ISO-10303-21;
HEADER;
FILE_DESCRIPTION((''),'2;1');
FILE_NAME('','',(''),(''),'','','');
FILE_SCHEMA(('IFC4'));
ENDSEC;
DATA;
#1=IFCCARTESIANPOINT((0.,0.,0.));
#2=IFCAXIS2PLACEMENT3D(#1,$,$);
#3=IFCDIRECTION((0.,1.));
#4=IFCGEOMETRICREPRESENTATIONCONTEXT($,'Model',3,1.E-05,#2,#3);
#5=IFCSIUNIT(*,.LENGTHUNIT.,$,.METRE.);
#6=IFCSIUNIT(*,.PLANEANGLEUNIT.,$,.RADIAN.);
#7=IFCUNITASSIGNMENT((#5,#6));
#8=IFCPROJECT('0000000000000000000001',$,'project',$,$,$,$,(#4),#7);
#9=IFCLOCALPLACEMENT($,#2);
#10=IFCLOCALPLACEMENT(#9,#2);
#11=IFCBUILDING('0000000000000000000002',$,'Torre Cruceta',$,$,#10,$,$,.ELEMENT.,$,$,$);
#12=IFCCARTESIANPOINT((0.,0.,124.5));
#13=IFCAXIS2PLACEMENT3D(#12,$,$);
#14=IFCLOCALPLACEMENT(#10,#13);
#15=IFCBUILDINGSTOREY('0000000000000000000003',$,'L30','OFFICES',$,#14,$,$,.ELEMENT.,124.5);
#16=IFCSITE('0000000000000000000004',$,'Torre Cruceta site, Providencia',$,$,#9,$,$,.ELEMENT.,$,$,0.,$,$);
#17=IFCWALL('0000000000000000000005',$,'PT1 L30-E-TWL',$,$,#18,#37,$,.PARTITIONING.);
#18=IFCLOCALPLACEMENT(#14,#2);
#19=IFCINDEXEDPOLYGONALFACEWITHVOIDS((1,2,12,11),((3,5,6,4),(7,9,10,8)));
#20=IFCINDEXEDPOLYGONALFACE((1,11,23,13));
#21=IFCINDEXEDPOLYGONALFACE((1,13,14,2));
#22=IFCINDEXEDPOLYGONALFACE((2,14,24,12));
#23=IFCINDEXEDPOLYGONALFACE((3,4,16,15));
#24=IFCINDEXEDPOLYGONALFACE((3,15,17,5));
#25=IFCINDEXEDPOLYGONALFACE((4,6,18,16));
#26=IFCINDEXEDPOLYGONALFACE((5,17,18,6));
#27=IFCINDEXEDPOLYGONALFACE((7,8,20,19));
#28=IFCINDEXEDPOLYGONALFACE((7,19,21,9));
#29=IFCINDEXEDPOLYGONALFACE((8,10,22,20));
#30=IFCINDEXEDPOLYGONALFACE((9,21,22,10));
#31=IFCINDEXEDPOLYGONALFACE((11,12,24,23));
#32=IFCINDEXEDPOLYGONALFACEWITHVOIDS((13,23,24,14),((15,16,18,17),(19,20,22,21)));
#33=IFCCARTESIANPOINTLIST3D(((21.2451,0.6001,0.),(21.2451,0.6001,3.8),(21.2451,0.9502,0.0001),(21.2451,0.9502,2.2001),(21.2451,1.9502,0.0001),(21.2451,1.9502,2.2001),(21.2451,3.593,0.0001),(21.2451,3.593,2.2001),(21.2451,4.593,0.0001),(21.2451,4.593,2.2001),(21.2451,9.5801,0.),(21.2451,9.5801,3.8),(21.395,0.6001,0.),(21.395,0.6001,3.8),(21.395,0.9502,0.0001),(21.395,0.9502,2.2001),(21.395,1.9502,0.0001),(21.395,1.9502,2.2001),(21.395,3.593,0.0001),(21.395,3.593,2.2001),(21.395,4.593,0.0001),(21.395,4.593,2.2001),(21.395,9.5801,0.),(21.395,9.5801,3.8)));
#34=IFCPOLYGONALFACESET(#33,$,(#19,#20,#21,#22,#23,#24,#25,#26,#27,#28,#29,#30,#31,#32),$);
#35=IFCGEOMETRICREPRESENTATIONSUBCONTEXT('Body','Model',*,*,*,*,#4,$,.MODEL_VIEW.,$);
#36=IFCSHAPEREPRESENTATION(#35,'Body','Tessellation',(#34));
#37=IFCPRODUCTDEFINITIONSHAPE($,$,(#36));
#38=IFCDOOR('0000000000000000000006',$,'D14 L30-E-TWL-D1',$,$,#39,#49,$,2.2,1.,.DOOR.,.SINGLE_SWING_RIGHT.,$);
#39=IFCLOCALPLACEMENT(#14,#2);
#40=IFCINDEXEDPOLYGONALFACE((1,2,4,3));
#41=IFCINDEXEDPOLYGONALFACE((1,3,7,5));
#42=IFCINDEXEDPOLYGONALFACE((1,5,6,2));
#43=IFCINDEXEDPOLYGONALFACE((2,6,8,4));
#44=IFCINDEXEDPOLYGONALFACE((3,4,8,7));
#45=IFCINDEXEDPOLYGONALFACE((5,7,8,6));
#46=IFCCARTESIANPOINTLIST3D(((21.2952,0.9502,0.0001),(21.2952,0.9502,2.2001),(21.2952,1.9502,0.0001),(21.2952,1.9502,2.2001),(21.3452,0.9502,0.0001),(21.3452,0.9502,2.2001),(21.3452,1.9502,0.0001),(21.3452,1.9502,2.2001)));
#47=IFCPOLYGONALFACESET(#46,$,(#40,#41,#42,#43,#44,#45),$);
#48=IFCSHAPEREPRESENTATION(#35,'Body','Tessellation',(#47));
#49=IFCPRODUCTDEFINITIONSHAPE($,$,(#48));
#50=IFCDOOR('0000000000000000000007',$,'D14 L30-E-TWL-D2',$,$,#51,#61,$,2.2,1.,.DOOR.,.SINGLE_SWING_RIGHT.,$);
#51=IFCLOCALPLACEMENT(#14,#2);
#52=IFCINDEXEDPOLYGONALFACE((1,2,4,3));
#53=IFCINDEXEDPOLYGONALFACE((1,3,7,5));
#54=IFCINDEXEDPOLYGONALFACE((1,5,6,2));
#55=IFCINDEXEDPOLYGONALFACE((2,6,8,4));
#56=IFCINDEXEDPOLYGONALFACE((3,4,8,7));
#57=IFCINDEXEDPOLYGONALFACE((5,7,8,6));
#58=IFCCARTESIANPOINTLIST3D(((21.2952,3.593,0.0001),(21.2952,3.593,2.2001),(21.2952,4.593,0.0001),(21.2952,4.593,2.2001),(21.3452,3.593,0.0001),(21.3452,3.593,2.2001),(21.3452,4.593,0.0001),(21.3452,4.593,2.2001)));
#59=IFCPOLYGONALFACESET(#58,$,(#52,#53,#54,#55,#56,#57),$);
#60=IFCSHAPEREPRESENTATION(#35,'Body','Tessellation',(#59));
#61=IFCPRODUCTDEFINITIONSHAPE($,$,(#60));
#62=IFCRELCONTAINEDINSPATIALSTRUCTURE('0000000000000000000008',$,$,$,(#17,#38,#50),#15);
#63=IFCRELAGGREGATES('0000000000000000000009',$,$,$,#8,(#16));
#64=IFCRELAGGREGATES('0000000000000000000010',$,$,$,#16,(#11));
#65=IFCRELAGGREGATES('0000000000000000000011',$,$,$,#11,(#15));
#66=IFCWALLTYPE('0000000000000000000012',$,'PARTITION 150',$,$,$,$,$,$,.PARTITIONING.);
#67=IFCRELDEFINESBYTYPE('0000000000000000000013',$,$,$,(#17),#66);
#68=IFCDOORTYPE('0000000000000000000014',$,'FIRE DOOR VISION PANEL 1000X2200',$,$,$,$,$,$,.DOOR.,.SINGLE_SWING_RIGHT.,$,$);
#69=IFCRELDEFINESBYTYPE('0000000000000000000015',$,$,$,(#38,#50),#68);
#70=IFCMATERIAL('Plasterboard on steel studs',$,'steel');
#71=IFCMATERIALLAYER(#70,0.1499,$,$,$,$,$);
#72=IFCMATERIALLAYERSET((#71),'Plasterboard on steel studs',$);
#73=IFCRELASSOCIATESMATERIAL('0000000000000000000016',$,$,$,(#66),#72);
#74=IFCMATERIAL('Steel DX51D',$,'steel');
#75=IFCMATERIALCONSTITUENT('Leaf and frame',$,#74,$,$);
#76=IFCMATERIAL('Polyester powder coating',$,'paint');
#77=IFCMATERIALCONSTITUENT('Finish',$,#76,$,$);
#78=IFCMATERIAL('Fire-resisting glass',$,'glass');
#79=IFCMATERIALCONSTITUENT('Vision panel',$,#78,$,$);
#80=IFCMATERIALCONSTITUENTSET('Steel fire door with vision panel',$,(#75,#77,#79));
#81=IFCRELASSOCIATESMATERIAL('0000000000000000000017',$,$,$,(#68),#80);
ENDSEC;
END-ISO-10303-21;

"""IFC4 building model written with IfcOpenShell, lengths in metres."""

from ifc_helpers import new_model, si_unit, direction, frame, frame_2d, origin, place, context, subcontext, project, spatial, rectangle, extrude, material, layer, layer_set, constituent, constituent_set, type_object, element, fill, save


model = new_model("IFC4")

# Units and contexts
model_context = context("Model", 3, precision=1e-05, world=origin(), true_north=direction((0.0, 1.0)))
body_context = subcontext(model_context, "Body", "Model", "MODEL_VIEW")
ifc_project = project(units=[si_unit("LENGTHUNIT", "METRE"), si_unit("PLANEANGLEUNIT", "RADIAN")], contexts=[model_context])

# Site, building, storey
site_placement = place(None, origin())
site = spatial("IfcSite", under=ifc_project, at=site_placement, Name="Torre Cruceta site, Providencia", CompositionType="ELEMENT", RefElevation=0.0)
building_placement = place(site_placement, origin())
building = spatial("IfcBuilding", under=site, at=building_placement, Name="Torre Cruceta", CompositionType="ELEMENT")
storey_placement = place(building_placement, frame((0.0, 0.0, 124.5)))
storey = spatial("IfcBuildingStorey", under=building, at=storey_placement, Name="L30", Description="OFFICES", CompositionType="ELEMENT", Elevation=124.5)

# Shared definitions
ifc_material_1 = material(Name="Plasterboard on steel studs", Category="steel")
ifc_layer_1 = layer(ifc_material_1, 0.1499)
ifc_layer_set_1 = layer_set([ifc_layer_1], Name="Plasterboard on steel studs")
wall_type_1 = type_object("IfcWallType", Name="PARTITION 150", PredefinedType="PARTITIONING", material=ifc_layer_set_1)

# Wall, openings, doors
wall_1_placement = place(storey_placement, frame((21.3201, 0.6001, 0.0), z_axis=(0.0, 0.0, 1.0), x_axis=(0.0, 1.0, 0.0)))
wall_1 = element("IfcWall", 1, at=wall_1_placement, inside=storey, type_object=wall_type_1, Name="PT1 L30-E-TWL", PredefinedType="PARTITIONING", context=body_context, shape_type="SweptSolid", body=[
    extrude(rectangle(XDim=8.98, YDim=0.1499, at=frame_2d((4.49, 0.0))), origin(), (0.0, 0.0, 1.0), 3.8),
])
opening_1_placement = place(wall_1_placement, frame((0.3501, 0.0, 0.0)))
opening_1 = element("IfcOpeningElement", 2, at=opening_1_placement, cuts=wall_1, PredefinedType="OPENING", context=body_context, shape_type="SweptSolid", body=[
    extrude(rectangle(XDim=1.0, YDim=2.2, at=frame_2d((0.5, 1.1001))), frame((0.0, 0.085, 0.0), z_axis=(0.0, -1.0, 0.0), x_axis=(1.0, 0.0, 0.0)), (0.0, 0.0, 1.0), 0.1699),
])
opening_2_placement = place(wall_1_placement, frame((2.9929, 0.0, 0.0)))
opening_2 = element("IfcOpeningElement", 3, at=opening_2_placement, cuts=wall_1, PredefinedType="OPENING", context=body_context, shape_type="SweptSolid", body=[
    extrude(rectangle(XDim=1.0, YDim=2.2, at=frame_2d((0.5, 1.1001))), frame((0.0, 0.085, 0.0), z_axis=(0.0, -1.0, 0.0), x_axis=(1.0, 0.0, 0.0)), (0.0, 0.0, 1.0), 0.1699),
])
ifc_material_2 = material(Name="Steel DX51D", Category="steel")
ifc_constituent_1 = constituent(ifc_material_2, Name="Leaf and frame")
ifc_material_3 = material(Name="Polyester powder coating", Category="paint")
ifc_constituent_2 = constituent(ifc_material_3, Name="Finish")
ifc_material_4 = material(Name="Fire-resisting glass", Category="glass")
ifc_constituent_3 = constituent(ifc_material_4, Name="Vision panel")
ifc_constituent_set_1 = constituent_set(constituents=[ifc_constituent_1, ifc_constituent_2, ifc_constituent_3], Name="Steel fire door with vision panel")
door_type = type_object("IfcDoorType", Name="FIRE DOOR VISION PANEL 1000X2200", OperationType="SINGLE_SWING_RIGHT", PredefinedType="DOOR", material=ifc_constituent_set_1)
door_1_placement = place(opening_1_placement, frame((1.0, 0.0, 0.0), z_axis=(0.0, 0.0, 1.0), x_axis=(-1.0, 0.0, 0.0)))
door_1 = element("IfcDoor", 4, at=door_1_placement, inside=storey, type_object=door_type, Name="D14 L30-E-TWL-D1", OperationType="SINGLE_SWING_RIGHT", OverallHeight=2.2, OverallWidth=1.0, PredefinedType="DOOR", context=body_context, shape_type="SweptSolid", body=[
    extrude(rectangle(XDim=1.0, YDim=2.2, at=frame_2d((0.5, 1.1001))), frame((0.0, 0.0251, 0.0), z_axis=(0.0, -1.0, 0.0), x_axis=(1.0, 0.0, 0.0)), (0.0, 0.0, 1.0), 0.05),
])
fill(opening_1, door_1)
door_2_placement = place(opening_2_placement, frame((1.0, 0.0, 0.0), z_axis=(0.0, 0.0, 1.0), x_axis=(-1.0, 0.0, 0.0)))
door_2 = element("IfcDoor", 5, at=door_2_placement, inside=storey, type_object=door_type, Name="D14 L30-E-TWL-D2", OperationType="SINGLE_SWING_RIGHT", OverallHeight=2.2, OverallWidth=1.0, PredefinedType="DOOR", context=body_context, shape_type="SweptSolid", body=[
    extrude(rectangle(XDim=1.0, YDim=2.2, at=frame_2d((0.5, 1.1001))), frame((0.0, 0.0251, 0.0), z_axis=(0.0, -1.0, 0.0), x_axis=(1.0, 0.0, 0.0)), (0.0, 0.0, 1.0), 0.05),
])
fill(opening_2, door_2)

save(model, "model.ifc")
